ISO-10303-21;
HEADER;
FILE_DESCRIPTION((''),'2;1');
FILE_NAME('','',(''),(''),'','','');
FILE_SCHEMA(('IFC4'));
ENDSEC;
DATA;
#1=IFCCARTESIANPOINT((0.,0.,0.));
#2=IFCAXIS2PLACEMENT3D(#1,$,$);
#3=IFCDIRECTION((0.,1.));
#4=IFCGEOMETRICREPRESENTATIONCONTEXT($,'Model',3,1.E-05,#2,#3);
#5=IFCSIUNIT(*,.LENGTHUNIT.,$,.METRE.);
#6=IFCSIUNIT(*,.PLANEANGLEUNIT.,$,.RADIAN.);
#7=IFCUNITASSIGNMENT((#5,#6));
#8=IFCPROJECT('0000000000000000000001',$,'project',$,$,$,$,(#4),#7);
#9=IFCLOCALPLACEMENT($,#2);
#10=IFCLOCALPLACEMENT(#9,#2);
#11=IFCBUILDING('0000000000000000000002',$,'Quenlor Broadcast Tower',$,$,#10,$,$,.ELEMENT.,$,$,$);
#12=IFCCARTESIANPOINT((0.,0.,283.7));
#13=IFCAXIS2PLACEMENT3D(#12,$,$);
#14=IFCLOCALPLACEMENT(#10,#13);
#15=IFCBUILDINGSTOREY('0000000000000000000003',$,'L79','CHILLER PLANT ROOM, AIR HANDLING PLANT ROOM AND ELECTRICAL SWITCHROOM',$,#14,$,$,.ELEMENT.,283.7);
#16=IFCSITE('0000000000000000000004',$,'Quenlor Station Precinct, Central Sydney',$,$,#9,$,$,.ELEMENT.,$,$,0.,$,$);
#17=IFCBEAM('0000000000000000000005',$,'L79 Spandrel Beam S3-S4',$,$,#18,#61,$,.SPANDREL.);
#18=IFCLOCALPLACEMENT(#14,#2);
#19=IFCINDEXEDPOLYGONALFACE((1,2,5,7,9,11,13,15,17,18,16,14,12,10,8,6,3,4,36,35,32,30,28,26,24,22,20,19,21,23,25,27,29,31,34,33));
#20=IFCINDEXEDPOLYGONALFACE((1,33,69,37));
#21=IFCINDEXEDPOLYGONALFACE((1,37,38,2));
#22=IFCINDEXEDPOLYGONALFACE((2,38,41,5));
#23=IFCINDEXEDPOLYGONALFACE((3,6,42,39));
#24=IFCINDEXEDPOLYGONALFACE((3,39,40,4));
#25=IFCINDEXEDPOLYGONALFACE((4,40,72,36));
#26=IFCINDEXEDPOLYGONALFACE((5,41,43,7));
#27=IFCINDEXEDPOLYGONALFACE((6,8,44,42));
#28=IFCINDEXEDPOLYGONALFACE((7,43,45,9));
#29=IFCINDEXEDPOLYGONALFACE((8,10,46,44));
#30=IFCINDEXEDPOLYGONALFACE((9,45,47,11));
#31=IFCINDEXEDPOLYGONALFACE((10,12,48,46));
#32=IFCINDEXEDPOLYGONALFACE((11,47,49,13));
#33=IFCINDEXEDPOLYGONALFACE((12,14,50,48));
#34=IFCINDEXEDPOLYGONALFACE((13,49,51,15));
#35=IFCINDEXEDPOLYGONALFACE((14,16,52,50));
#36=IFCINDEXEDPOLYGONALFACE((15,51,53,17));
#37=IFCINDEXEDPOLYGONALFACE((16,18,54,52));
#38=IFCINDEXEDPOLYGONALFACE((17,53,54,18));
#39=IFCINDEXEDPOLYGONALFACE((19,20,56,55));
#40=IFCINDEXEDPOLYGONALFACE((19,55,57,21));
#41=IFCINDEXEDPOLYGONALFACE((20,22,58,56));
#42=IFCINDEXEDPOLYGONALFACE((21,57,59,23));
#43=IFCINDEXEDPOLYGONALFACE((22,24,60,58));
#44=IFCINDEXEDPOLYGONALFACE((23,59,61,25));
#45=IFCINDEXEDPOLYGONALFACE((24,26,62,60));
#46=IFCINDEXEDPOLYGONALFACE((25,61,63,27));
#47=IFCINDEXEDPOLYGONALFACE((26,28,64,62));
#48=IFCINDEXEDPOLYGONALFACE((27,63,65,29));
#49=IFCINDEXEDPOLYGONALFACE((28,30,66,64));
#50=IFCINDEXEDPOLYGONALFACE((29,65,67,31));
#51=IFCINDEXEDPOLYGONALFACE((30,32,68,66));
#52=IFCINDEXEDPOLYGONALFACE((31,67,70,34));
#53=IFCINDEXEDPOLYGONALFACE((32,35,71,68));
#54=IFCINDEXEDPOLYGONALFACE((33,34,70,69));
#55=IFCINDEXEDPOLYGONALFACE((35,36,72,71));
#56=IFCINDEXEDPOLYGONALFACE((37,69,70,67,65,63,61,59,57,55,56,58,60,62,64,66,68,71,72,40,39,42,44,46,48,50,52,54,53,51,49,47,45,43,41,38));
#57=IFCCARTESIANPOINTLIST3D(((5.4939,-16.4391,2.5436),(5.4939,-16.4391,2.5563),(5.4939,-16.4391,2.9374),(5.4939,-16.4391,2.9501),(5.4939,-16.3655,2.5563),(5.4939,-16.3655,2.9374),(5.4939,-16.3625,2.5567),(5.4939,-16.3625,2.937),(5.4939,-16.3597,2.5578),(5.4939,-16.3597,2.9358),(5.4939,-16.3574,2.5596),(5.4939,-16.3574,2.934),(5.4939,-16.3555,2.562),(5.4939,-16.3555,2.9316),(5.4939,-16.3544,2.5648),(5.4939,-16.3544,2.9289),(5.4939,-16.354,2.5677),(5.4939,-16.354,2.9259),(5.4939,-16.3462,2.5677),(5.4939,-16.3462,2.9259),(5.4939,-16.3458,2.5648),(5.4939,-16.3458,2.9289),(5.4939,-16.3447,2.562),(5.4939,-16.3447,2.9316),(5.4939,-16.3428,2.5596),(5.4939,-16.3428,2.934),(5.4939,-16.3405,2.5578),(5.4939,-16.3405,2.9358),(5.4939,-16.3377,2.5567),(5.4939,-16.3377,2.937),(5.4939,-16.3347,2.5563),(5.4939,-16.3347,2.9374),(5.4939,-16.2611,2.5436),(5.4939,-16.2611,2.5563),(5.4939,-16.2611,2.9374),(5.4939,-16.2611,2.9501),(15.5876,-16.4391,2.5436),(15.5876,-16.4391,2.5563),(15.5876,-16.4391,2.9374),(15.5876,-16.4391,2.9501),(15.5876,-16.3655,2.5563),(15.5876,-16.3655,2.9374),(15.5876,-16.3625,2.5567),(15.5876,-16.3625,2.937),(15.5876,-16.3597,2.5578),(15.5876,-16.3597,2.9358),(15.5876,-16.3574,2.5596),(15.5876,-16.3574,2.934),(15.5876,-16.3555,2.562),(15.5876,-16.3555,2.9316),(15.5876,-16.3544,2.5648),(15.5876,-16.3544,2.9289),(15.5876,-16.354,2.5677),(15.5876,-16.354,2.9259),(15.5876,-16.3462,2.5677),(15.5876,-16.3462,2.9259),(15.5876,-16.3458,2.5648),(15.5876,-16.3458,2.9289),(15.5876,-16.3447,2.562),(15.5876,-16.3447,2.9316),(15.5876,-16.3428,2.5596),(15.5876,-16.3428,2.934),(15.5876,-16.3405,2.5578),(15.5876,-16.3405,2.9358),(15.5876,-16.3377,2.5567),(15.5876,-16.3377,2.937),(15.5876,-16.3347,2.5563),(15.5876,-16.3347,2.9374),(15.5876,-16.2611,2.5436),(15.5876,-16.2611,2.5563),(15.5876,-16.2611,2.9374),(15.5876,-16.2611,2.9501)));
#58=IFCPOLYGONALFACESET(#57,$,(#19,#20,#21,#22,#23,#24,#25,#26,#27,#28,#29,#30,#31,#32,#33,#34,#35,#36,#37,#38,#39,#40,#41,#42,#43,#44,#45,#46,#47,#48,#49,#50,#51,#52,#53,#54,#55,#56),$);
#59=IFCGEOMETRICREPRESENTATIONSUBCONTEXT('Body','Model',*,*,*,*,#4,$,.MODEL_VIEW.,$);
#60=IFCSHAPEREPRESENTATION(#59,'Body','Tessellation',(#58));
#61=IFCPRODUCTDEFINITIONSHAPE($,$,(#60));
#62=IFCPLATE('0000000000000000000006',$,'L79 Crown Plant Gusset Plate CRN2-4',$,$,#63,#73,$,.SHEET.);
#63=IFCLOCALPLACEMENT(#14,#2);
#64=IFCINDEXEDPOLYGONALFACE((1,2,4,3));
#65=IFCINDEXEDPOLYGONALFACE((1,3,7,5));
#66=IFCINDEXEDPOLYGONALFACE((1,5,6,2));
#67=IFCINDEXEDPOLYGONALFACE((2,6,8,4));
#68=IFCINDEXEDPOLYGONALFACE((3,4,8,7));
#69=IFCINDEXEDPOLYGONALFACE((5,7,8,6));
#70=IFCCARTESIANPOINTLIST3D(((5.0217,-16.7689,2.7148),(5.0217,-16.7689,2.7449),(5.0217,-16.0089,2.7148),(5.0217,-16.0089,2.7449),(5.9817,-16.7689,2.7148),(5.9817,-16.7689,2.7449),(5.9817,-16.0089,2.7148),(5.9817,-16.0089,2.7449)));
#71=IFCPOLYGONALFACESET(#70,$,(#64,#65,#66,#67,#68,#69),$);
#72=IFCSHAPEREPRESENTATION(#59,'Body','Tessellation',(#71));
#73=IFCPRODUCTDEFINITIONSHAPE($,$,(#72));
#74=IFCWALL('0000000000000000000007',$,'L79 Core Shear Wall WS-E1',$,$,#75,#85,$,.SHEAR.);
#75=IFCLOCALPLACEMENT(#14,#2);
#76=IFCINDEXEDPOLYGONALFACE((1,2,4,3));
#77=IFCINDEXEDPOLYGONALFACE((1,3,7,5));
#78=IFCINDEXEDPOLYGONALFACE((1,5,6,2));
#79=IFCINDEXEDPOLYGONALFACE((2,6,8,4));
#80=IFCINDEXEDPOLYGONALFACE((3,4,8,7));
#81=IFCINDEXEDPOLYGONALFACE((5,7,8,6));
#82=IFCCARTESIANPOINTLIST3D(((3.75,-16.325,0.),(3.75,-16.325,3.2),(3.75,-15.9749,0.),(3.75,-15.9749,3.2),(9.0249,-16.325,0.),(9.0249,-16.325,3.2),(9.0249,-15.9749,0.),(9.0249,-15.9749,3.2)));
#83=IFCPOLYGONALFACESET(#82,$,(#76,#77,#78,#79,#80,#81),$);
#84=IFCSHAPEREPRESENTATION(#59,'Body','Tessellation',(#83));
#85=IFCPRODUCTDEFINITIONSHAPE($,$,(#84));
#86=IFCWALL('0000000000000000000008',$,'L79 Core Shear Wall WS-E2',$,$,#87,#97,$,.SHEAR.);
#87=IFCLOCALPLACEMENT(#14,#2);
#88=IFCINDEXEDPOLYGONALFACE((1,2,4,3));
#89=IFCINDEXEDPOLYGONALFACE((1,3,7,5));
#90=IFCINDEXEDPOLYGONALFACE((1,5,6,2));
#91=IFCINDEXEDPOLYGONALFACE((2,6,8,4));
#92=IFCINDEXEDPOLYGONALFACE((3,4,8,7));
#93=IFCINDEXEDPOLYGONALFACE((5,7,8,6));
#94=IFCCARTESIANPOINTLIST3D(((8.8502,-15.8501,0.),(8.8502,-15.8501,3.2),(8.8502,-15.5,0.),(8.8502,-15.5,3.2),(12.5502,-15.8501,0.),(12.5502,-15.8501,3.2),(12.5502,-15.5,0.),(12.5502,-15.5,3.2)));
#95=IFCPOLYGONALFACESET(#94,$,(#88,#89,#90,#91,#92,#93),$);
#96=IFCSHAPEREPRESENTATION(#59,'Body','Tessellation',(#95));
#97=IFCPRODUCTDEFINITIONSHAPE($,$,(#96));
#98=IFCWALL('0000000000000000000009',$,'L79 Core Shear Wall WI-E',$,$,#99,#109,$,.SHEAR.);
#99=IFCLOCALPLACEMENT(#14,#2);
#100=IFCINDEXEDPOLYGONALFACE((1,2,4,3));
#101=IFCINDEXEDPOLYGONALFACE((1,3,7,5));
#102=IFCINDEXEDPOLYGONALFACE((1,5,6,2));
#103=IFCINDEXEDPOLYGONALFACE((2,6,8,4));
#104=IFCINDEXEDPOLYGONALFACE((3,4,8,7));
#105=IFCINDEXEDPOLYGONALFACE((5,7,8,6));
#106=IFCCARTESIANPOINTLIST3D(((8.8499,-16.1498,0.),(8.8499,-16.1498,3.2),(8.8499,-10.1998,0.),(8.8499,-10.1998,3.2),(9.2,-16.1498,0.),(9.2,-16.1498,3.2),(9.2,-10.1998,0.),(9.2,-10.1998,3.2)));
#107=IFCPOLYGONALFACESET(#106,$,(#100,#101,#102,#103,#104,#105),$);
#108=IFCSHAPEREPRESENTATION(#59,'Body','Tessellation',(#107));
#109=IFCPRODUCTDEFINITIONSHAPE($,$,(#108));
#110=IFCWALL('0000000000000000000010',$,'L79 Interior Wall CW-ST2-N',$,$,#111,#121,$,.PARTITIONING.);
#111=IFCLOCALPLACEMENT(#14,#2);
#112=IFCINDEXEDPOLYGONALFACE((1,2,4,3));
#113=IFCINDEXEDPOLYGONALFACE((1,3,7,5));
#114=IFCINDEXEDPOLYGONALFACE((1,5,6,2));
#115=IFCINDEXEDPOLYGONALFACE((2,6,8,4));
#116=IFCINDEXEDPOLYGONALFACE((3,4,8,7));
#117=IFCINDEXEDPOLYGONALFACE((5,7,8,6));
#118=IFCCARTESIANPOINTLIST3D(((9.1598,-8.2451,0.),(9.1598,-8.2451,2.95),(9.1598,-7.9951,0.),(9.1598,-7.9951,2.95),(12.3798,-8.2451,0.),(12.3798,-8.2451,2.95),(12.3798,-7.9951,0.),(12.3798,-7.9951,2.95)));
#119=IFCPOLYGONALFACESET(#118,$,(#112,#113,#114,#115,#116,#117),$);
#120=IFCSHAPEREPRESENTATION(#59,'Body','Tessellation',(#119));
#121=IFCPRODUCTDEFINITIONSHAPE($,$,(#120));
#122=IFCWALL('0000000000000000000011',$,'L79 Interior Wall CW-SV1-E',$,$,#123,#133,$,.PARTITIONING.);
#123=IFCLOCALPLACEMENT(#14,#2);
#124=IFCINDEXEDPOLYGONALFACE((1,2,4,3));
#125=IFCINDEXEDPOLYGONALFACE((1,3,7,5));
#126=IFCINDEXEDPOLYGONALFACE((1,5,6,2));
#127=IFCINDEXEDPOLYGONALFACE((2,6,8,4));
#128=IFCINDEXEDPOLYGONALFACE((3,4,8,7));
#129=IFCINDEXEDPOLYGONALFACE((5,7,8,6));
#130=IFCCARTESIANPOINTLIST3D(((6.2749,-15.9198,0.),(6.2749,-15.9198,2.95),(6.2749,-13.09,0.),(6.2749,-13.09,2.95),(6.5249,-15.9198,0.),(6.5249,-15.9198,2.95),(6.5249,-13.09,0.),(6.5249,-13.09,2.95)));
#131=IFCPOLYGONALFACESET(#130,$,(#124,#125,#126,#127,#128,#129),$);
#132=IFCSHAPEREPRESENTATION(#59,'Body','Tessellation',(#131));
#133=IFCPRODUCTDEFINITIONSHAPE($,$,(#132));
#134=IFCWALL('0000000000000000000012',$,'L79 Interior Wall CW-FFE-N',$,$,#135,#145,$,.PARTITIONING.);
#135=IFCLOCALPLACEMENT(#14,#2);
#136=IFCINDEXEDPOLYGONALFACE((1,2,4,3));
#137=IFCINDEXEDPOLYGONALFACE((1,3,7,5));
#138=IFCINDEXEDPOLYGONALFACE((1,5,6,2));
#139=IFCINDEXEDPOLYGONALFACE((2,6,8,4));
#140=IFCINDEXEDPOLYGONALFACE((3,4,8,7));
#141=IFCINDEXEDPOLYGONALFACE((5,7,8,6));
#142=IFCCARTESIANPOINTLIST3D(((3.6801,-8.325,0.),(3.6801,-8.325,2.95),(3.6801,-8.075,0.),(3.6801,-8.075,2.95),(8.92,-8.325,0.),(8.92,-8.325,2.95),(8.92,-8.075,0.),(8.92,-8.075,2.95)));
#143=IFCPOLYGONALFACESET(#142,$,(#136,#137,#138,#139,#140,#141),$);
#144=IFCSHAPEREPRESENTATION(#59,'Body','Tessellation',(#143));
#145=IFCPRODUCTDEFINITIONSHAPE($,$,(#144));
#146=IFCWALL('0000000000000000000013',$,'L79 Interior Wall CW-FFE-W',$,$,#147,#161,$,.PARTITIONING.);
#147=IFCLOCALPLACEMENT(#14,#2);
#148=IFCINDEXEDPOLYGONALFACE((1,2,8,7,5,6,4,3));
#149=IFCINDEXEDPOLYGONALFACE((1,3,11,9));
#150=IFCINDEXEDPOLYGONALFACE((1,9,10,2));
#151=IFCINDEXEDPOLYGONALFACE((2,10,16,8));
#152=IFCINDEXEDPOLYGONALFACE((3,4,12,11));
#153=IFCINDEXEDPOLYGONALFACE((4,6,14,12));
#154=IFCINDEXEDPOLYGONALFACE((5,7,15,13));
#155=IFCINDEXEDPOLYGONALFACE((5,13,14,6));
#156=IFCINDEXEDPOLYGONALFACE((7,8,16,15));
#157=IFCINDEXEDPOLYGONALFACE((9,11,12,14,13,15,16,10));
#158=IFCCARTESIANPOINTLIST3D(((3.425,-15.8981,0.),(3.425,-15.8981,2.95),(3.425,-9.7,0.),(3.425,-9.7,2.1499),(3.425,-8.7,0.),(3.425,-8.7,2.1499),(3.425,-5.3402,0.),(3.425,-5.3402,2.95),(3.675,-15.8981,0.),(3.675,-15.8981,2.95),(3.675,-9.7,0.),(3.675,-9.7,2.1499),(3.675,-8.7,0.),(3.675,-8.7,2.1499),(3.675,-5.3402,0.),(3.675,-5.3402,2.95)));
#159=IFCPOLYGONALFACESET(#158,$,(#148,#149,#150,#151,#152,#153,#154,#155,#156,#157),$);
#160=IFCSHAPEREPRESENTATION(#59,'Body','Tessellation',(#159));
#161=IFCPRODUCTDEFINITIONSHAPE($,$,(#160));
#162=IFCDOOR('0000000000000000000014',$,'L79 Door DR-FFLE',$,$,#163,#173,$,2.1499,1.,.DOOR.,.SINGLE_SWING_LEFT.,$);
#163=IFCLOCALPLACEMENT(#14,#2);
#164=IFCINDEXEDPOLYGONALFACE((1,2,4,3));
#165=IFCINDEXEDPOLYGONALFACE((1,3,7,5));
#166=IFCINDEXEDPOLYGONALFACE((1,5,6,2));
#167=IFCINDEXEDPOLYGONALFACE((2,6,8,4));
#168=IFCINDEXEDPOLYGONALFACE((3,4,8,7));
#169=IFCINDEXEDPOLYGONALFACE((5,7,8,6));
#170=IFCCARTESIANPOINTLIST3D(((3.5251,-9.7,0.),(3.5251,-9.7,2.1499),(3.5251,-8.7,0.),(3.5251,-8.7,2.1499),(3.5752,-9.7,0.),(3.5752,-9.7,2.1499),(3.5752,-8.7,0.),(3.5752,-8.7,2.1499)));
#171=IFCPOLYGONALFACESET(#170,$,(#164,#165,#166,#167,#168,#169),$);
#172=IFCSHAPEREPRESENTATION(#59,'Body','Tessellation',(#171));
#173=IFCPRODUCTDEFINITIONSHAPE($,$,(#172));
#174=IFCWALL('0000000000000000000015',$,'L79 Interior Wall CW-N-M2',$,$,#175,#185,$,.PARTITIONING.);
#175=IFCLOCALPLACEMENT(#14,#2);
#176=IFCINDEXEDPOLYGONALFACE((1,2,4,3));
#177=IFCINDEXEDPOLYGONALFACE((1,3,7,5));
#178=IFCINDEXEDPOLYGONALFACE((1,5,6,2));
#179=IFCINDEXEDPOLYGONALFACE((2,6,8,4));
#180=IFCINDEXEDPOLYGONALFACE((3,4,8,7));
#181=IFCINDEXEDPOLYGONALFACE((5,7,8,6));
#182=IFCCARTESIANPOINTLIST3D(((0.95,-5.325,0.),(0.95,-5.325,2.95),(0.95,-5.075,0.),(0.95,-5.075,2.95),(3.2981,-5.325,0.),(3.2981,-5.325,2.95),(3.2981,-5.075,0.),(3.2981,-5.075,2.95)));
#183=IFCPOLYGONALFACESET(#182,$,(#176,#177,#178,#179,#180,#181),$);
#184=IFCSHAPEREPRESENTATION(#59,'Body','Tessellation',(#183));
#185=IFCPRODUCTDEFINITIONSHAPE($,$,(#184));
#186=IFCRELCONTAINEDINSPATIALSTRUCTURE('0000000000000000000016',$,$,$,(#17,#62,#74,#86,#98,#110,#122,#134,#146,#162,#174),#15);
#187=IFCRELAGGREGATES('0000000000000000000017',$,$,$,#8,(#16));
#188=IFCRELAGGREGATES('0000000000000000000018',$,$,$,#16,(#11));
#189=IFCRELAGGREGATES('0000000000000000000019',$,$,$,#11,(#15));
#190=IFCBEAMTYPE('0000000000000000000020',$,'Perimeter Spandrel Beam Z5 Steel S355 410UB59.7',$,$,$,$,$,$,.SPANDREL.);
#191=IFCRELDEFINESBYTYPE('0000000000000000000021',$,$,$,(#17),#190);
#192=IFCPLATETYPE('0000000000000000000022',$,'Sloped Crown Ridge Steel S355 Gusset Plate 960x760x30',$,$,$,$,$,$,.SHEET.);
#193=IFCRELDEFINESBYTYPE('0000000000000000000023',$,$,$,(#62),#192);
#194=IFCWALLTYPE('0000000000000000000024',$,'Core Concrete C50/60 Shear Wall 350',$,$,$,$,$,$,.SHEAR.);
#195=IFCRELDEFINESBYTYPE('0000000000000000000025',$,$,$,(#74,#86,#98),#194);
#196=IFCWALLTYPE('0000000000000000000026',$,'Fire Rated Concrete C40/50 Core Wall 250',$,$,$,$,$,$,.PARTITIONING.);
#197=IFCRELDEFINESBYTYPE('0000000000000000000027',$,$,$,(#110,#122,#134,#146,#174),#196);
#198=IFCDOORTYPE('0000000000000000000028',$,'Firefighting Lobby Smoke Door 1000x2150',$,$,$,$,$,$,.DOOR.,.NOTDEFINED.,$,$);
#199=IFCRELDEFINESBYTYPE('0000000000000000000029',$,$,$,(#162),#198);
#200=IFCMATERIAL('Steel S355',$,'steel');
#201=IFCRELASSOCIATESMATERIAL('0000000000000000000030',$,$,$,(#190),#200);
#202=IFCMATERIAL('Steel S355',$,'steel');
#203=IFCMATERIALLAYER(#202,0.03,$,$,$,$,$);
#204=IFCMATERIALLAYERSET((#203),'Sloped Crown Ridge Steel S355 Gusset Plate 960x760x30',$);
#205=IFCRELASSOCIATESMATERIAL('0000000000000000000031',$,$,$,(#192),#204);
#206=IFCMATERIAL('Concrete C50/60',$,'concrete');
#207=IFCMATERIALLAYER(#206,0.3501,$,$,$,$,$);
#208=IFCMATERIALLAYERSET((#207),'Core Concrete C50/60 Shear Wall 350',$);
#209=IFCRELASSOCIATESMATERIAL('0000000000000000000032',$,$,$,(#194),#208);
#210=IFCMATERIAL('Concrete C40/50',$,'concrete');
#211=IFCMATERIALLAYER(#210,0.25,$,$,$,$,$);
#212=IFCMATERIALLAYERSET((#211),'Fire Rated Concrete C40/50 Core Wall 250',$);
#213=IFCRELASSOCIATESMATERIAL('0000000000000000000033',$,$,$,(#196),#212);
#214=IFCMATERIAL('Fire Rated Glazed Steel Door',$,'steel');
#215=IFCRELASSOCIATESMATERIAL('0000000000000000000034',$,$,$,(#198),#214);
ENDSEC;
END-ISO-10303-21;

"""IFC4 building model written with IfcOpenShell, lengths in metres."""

from ifc_helpers import new_model, si_unit, direction, frame, frame_2d, origin, origin_2d, place, context, subcontext, project, spatial, rectangle, i_section, extrude, material, layer, layer_set, material_profile, profile_set, type_object, element, fill, save


model = new_model("IFC4")

# Units and contexts
model_context = context("Model", 3, precision=1e-05, world=origin(), true_north=direction((0.0, 1.0)))
body_context = subcontext(model_context, "Body", "Model", "MODEL_VIEW")
ifc_project = project(units=[si_unit("LENGTHUNIT", "METRE"), si_unit("PLANEANGLEUNIT", "RADIAN")], contexts=[model_context])

# Site, building, storey
site_placement = place(None, origin())
site = spatial("IfcSite", under=ifc_project, at=site_placement, Name="Quenlor Station Precinct, Central Sydney", CompositionType="ELEMENT", RefElevation=0.0)
building_placement = place(site_placement, origin())
building = spatial("IfcBuilding", under=site, at=building_placement, Name="Quenlor Broadcast Tower", CompositionType="ELEMENT")
storey_placement = place(building_placement, frame((0.0, 0.0, 283.7)))
storey = spatial("IfcBuildingStorey", under=building, at=storey_placement, Name="L79", Description="CHILLER PLANT ROOM, AIR HANDLING PLANT ROOM AND ELECTRICAL SWITCHROOM", CompositionType="ELEMENT", Elevation=283.7)

# Beam
ifc_material_1 = material(Name="Steel S355", Category="steel")
ifc_material_profile_1 = material_profile(ifc_material_1, i_section(OverallWidth=0.178, OverallDepth=0.4065, WebThickness=0.0078, FlangeThickness=0.0127, FilletRadius=0.0115, at=origin_2d()))
ifc_profile_set_1 = profile_set([ifc_material_profile_1], Name="Steel S355 410UB59.7")
beam_type_1 = type_object("IfcBeamType", Name="Perimeter Spandrel Beam Z5 Steel S355 410UB59.7", PredefinedType="SPANDREL", material=ifc_profile_set_1)
beam_1_placement = place(storey_placement, frame((5.4939, -16.3501, 2.7468), z_axis=(1.0, 0.0, 0.0), x_axis=(0.0, 1.0, 0.0)))
element("IfcBeam", 1, at=beam_1_placement, inside=storey, type_object=beam_type_1, Name="L79 Spandrel Beam S3-S4", PredefinedType="SPANDREL", context=body_context, shape_type="SweptSolid", body=[
    extrude(i_section(OverallWidth=0.178, OverallDepth=0.4065, WebThickness=0.0078, FlangeThickness=0.0127, FilletRadius=0.0115, at=origin_2d()), origin(), (0.0, 0.0, 1.0), 10.0938),
])

# Plate
ifc_material_2 = material(Name="Steel S355", Category="steel")
ifc_layer_1 = layer(ifc_material_2, 0.03)
ifc_layer_set_1 = layer_set([ifc_layer_1], Name="Sloped Crown Ridge Steel S355 Gusset Plate 960x760x30")
plate_type = type_object("IfcPlateType", Name="Sloped Crown Ridge Steel S355 Gusset Plate 960x760x30", PredefinedType="SHEET", material=ifc_layer_set_1)
plate_placement = place(storey_placement, frame((5.5017, -16.3889, 2.7148), z_axis=(0.0, 0.0, 1.0), x_axis=(1.0, 0.0, 0.0)))
element("IfcPlate", 2, at=plate_placement, inside=storey, type_object=plate_type, Name="L79 Crown Plant Gusset Plate CRN2-4", PredefinedType="SHEET", context=body_context, shape_type="SweptSolid", body=[
    extrude(rectangle(XDim=0.96, YDim=0.76, at=origin_2d()), origin(), (0.0, 0.0, 1.0), 0.03),
])

# Walls
ifc_material_3 = material(Name="Concrete C50/60", Category="concrete")
ifc_layer_2 = layer(ifc_material_3, 0.3501)
ifc_layer_set_2 = layer_set([ifc_layer_2], Name="Core Concrete C50/60 Shear Wall 350")
wall_type_1 = type_object("IfcWallType", Name="Core Concrete C50/60 Shear Wall 350", PredefinedType="SHEAR", material=ifc_layer_set_2)
wall_1_placement = place(storey_placement, frame((3.75, -16.1499, 0.0), z_axis=(0.0, 0.0, 1.0), x_axis=(1.0, 0.0, 0.0)))
element("IfcWall", 3, at=wall_1_placement, inside=storey, type_object=wall_type_1, Name="L79 Core Shear Wall WS-E1", PredefinedType="SHEAR", context=body_context, shape_type="SweptSolid", body=[
    extrude(rectangle(XDim=5.2749, YDim=0.3501, at=frame_2d((2.6375, 0.0))), origin(), (0.0, 0.0, 1.0), 3.2),
])
wall_2_placement = place(storey_placement, frame((8.8501, -15.675, 0.0), z_axis=(0.0, 0.0, 1.0), x_axis=(1.0, 0.0, 0.0)))
element("IfcWall", 4, at=wall_2_placement, inside=storey, type_object=wall_type_1, Name="L79 Core Shear Wall WS-E2", PredefinedType="SHEAR", context=body_context, shape_type="SweptSolid", body=[
    extrude(rectangle(XDim=3.7, YDim=0.3501, at=frame_2d((1.8501, 0.0))), origin(), (0.0, 0.0, 1.0), 3.2),
])
wall_3_placement = place(storey_placement, frame((9.0249, -16.1499, 0.0), z_axis=(0.0, 0.0, 1.0), x_axis=(0.0, 1.0, 0.0)))
element("IfcWall", 5, at=wall_3_placement, inside=storey, type_object=wall_type_1, Name="L79 Core Shear Wall WI-E", PredefinedType="SHEAR", context=body_context, shape_type="SweptSolid", body=[
    extrude(rectangle(XDim=5.95, YDim=0.3501, at=frame_2d((2.9751, 0.0))), origin(), (0.0, 0.0, 1.0), 3.2),
])

# Shared definitions
ifc_material_4 = material(Name="Concrete C40/50", Category="concrete")
ifc_layer_3 = layer(ifc_material_4, 0.25)
ifc_layer_set_3 = layer_set([ifc_layer_3], Name="Fire Rated Concrete C40/50 Core Wall 250")
wall_type_2 = type_object("IfcWallType", Name="Fire Rated Concrete C40/50 Core Wall 250", PredefinedType="PARTITIONING", material=ifc_layer_set_3)

# Wall
wall_4_placement = place(storey_placement, frame((9.1599, -8.1201, 0.0), z_axis=(0.0, 0.0, 1.0), x_axis=(1.0, 0.0, 0.0)))
element("IfcWall", 6, at=wall_4_placement, inside=storey, type_object=wall_type_2, Name="L79 Interior Wall CW-ST2-N", PredefinedType="PARTITIONING", context=body_context, shape_type="SweptSolid", body=[
    extrude(rectangle(XDim=3.22, YDim=0.25, at=frame_2d((1.6099, 0.0))), origin(), (0.0, 0.0, 1.0), 2.95),
])

# Walls
wall_5_placement = place(storey_placement, frame((6.3999, -15.9199, 0.0), z_axis=(0.0, 0.0, 1.0), x_axis=(0.0, 1.0, 0.0)))
element("IfcWall", 7, at=wall_5_placement, inside=storey, type_object=wall_type_2, Name="L79 Interior Wall CW-SV1-E", PredefinedType="PARTITIONING", context=body_context, shape_type="SweptSolid", body=[
    extrude(rectangle(XDim=2.8298, YDim=0.25, at=frame_2d((1.415, 0.0))), origin(), (0.0, 0.0, 1.0), 2.95),
])
wall_6_placement = place(storey_placement, frame((3.6799, -8.2, 0.0), z_axis=(0.0, 0.0, 1.0), x_axis=(1.0, 0.0, 0.0)))
element("IfcWall", 8, at=wall_6_placement, inside=storey, type_object=wall_type_2, Name="L79 Interior Wall CW-FFE-N", PredefinedType="PARTITIONING", context=body_context, shape_type="SweptSolid", body=[
    extrude(rectangle(XDim=5.24, YDim=0.25, at=frame_2d((2.6201, 0.0))), origin(), (0.0, 0.0, 1.0), 2.95),
])

# Wall, opening, door
wall_7_placement = place(storey_placement, frame((3.55, -15.8979, 0.0), z_axis=(0.0, 0.0, 1.0), x_axis=(0.0, 1.0, 0.0)))
wall_7 = element("IfcWall", 9, at=wall_7_placement, inside=storey, type_object=wall_type_2, Name="L79 Interior Wall CW-FFE-W", PredefinedType="PARTITIONING", context=body_context, shape_type="SweptSolid", body=[
    extrude(rectangle(XDim=10.5579, YDim=0.25, at=frame_2d((5.2788, 0.0))), origin(), (0.0, 0.0, 1.0), 2.95),
])
opening_1_placement = place(wall_7_placement, frame((6.198, 0.0, 0.0)))
opening_1 = element("IfcOpeningElement", 10, at=opening_1_placement, cuts=wall_7, PredefinedType="OPENING", context=body_context, shape_type="SweptSolid", body=[
    extrude(rectangle(XDim=1.0, YDim=2.1499, at=frame_2d((0.5, 1.075))), frame((0.0, 0.135, 0.0), z_axis=(0.0, -1.0, 0.0), x_axis=(1.0, 0.0, 0.0)), (0.0, 0.0, 1.0), 0.27),
])
ifc_material_5 = material(Name="Fire Rated Glazed Steel Door", Category="steel")
door_type_1 = type_object("IfcDoorType", Name="Firefighting Lobby Smoke Door 1000x2150", OperationType="NOTDEFINED", PredefinedType="DOOR", material=ifc_material_5)
door_1_placement = place(opening_1_placement, origin())
door_1 = element("IfcDoor", 11, at=door_1_placement, inside=storey, type_object=door_type_1, Name="L79 Door DR-FFLE", OperationType="SINGLE_SWING_LEFT", OverallHeight=2.1499, OverallWidth=1.0, PredefinedType="DOOR", context=body_context, shape_type="SweptSolid", body=[
    extrude(rectangle(XDim=1.0, YDim=2.1499, at=frame_2d((0.5, 1.075))), frame((0.0, 0.0249, 0.0), z_axis=(0.0, -1.0, 0.0), x_axis=(1.0, 0.0, 0.0)), (0.0, 0.0, 1.0), 0.05),
])
fill(opening_1, door_1)

# Wall
wall_8_placement = place(storey_placement, frame((0.95, -5.2, 0.0), z_axis=(0.0, 0.0, 1.0), x_axis=(1.0, 0.0, 0.0)))
element("IfcWall", 12, at=wall_8_placement, inside=storey, type_object=wall_type_2, Name="L79 Interior Wall CW-N-M2", PredefinedType="PARTITIONING", context=body_context, shape_type="SweptSolid", body=[
    extrude(rectangle(XDim=2.3481, YDim=0.25, at=frame_2d((1.1741, 0.0))), origin(), (0.0, 0.0, 1.0), 2.95),
])

save(model, "model.ifc")
